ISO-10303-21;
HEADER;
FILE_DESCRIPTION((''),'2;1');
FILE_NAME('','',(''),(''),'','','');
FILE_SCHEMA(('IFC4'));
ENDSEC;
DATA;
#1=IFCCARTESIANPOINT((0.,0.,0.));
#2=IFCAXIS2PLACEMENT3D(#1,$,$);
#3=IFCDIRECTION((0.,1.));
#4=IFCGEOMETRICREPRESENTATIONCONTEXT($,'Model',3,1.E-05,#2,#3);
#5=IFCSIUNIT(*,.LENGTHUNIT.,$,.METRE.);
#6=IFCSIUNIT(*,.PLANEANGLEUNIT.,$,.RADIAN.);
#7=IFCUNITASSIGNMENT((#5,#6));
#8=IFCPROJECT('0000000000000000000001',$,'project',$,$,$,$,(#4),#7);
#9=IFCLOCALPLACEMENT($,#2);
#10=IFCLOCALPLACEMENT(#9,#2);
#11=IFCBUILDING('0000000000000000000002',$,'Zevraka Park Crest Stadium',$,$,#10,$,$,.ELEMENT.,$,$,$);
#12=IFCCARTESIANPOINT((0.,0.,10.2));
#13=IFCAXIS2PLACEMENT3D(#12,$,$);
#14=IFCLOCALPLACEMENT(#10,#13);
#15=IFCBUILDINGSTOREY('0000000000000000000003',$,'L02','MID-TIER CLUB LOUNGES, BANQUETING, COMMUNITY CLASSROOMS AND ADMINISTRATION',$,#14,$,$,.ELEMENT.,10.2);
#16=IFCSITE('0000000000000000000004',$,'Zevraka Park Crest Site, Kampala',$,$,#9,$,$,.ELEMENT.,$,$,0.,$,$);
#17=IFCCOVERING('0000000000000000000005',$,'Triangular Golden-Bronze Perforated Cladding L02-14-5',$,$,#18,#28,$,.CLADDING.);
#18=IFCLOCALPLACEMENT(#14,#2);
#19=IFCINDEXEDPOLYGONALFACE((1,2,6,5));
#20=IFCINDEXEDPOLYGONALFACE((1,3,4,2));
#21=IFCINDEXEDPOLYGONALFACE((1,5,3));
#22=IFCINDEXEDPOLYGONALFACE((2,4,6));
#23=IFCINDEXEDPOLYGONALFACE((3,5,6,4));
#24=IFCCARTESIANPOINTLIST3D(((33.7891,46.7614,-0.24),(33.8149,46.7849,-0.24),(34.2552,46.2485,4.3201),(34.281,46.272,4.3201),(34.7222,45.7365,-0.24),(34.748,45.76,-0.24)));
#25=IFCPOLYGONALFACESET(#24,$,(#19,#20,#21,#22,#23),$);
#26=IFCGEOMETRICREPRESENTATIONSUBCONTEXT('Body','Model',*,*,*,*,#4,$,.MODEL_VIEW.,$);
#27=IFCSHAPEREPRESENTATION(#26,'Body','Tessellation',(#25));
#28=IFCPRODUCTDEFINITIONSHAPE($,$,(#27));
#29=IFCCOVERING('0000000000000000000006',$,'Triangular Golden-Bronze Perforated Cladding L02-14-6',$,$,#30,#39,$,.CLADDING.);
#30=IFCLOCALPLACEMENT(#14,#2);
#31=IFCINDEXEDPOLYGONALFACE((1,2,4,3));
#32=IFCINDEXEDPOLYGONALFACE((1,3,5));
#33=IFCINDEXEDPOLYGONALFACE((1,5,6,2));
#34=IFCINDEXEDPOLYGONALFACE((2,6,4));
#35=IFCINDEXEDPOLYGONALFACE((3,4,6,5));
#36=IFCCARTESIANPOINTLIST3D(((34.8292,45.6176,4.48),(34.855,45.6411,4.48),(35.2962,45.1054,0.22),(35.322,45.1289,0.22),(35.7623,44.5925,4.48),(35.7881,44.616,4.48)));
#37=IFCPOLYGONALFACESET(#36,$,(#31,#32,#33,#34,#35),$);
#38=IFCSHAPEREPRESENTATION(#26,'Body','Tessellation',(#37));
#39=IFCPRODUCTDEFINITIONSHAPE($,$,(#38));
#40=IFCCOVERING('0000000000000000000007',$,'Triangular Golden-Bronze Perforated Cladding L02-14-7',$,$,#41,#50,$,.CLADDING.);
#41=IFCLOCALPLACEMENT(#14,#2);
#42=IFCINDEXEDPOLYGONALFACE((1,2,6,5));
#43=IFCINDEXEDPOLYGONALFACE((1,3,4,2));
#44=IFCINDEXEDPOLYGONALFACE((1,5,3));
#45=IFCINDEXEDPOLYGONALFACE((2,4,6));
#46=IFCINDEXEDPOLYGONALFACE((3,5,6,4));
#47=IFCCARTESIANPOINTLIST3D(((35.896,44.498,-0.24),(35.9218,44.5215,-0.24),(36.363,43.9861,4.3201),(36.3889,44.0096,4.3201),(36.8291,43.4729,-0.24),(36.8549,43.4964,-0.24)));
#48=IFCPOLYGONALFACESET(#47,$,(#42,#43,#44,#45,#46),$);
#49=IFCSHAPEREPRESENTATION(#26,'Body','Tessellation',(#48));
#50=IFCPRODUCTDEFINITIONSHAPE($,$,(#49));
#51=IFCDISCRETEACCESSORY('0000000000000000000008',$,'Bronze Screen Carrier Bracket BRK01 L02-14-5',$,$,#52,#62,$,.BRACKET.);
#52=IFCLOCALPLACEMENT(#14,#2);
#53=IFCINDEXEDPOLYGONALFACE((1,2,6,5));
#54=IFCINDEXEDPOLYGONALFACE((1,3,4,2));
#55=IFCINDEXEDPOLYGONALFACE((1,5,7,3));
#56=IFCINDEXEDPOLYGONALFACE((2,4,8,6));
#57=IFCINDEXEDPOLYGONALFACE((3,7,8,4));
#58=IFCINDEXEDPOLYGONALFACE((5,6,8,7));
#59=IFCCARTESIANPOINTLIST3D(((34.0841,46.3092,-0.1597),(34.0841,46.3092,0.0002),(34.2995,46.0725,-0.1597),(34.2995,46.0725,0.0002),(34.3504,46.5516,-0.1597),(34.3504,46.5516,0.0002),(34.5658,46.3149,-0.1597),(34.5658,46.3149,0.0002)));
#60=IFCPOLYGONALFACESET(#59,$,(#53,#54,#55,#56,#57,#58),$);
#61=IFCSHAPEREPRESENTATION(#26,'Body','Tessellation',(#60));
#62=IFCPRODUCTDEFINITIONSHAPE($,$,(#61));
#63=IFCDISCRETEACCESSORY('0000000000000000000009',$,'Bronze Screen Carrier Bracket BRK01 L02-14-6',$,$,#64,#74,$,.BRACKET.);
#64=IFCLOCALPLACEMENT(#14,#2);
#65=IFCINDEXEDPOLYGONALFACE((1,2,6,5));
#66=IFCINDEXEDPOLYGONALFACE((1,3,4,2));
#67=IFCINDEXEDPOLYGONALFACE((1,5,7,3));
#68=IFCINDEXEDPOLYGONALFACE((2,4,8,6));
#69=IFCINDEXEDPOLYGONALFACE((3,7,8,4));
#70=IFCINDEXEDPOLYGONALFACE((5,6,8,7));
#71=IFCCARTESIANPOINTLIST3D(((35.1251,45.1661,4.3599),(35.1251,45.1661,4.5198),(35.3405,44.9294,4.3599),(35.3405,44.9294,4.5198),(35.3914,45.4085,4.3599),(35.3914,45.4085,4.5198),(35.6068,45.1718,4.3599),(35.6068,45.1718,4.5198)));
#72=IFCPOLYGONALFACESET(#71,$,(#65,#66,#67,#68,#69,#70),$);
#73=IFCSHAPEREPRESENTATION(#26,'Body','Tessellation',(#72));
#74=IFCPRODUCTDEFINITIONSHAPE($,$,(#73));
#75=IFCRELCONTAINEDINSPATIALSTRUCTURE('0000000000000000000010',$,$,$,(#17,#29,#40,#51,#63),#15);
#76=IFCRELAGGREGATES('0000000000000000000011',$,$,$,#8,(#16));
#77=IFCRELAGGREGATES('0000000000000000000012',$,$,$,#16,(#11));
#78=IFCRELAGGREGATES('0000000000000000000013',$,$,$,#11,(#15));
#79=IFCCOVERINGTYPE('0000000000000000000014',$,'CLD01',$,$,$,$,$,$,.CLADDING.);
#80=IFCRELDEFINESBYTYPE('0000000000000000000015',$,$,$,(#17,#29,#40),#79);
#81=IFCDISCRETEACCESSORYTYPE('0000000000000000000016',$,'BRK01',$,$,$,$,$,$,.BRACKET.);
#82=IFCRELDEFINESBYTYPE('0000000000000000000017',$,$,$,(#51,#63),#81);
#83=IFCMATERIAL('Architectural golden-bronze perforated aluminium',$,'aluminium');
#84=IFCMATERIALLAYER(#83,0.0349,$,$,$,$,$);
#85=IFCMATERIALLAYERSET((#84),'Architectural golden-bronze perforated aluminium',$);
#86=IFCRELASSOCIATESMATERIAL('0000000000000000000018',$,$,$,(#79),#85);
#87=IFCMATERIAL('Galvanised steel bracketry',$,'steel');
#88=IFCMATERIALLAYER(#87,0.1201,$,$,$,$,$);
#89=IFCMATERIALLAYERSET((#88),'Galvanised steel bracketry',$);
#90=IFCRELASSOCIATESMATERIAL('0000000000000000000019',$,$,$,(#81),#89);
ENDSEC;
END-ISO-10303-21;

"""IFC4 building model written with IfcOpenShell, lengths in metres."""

from ifc_helpers import new_model, si_unit, direction, frame, origin, origin_2d, place, context, subcontext, project, spatial, polyline, rectangle, outline, extrude, material, layer, layer_set, type_object, element, save


model = new_model("IFC4")

# Units and contexts
model_context = context("Model", 3, precision=1e-05, world=origin(), true_north=direction((0.0, 1.0)))
body_context = subcontext(model_context, "Body", "Model", "MODEL_VIEW")
ifc_project = project(units=[si_unit("LENGTHUNIT", "METRE"), si_unit("PLANEANGLEUNIT", "RADIAN")], contexts=[model_context])

# Site, building, storey
site_placement = place(None, origin())
site = spatial("IfcSite", under=ifc_project, at=site_placement, Name="Zevraka Park Crest Site, Kampala", CompositionType="ELEMENT", RefElevation=0.0)
building_placement = place(site_placement, origin())
building = spatial("IfcBuilding", under=site, at=building_placement, Name="Zevraka Park Crest Stadium", CompositionType="ELEMENT")
storey_placement = place(building_placement, frame((0.0, 0.0, 10.2)))
storey = spatial("IfcBuildingStorey", under=building, at=storey_placement, Name="L02", Description="MID-TIER CLUB LOUNGES, BANQUETING, COMMUNITY CLASSROOMS AND ADMINISTRATION", CompositionType="ELEMENT", Elevation=10.2)

# Coverings
ifc_material_1 = material(Name="Architectural golden-bronze perforated aluminium", Category="aluminium")
ifc_layer_1 = layer(ifc_material_1, 0.0349)
ifc_layer_set_1 = layer_set([ifc_layer_1], Name="Architectural golden-bronze perforated aluminium")
covering_type = type_object("IfcCoveringType", Name="CLD01", PredefinedType="CLADDING", material=ifc_layer_set_1)
covering_1_placement = place(storey_placement, frame((33.8149, 46.7849, -0.24), z_axis=(0.739446, 0.673216, 0.000151), x_axis=(0.673216, -0.739446, 0.0)))
element("IfcCovering", 1, at=covering_1_placement, inside=storey, type_object=covering_type, Name="Triangular Golden-Bronze Perforated Cladding L02-14-5", PredefinedType="CLADDING", context=body_context, shape_type="SweptSolid", body=[
    extrude(outline(polyline([(0.0, 0.0), (1.386, 0.0), (0.6931, -4.5601), (0.0, 0.0)])), origin(), (0.0, 0.0, -1.0), 0.0349),
])
covering_2_placement = place(storey_placement, frame((35.7881, 44.616, 4.48), z_axis=(0.739526, 0.673128, 0.000143), x_axis=(-0.673129, 0.739526, 0.0)))
element("IfcCovering", 2, at=covering_2_placement, inside=storey, type_object=covering_type, Name="Triangular Golden-Bronze Perforated Cladding L02-14-6", PredefinedType="CLADDING", context=body_context, shape_type="SweptSolid", body=[
    extrude(outline(polyline([(0.0, 0.0), (1.3862, 0.0), (0.6931, -4.26), (0.0, 0.0)])), origin(), (0.0, 0.0, -1.0), 0.0349),
])
covering_3_placement = place(storey_placement, frame((35.896, 44.498, -0.24), z_axis=(-0.739526, -0.673128, 0.000169), x_axis=(0.673129, -0.739526, 0.0)))
element("IfcCovering", 3, at=covering_3_placement, inside=storey, type_object=covering_type, Name="Triangular Golden-Bronze Perforated Cladding L02-14-7", PredefinedType="CLADDING", context=body_context, shape_type="SweptSolid", body=[
    extrude(outline(polyline([(0.0, 0.0), (1.3862, 0.0), (0.693, 4.5601), (0.0, 0.0)])), origin(), (0.0, 0.0, -1.0), 0.0349),
])

# Discrete accessories
ifc_material_2 = material(Name="Galvanised steel bracketry", Category="steel")
ifc_layer_2 = layer(ifc_material_2, 0.1201)
ifc_layer_set_2 = layer_set([ifc_layer_2], Name="Galvanised steel bracketry")
discrete_accessory_type = type_object("IfcDiscreteAccessoryType", Name="BRK01", PredefinedType="BRACKET", material=ifc_layer_set_2)
for number, where, z_axis, x_axis, name in (
    (4, (34.325, 46.312, -0.1597), (0.0, 0.0, 1.0), (0.673142, -0.739514, 0.0), "Bronze Screen Carrier Bracket BRK01 L02-14-5"),
    (5, (35.366, 45.1689, 4.3599), (0.0, 0.0, 1.0), (0.673142, -0.739514, 0.0), "Bronze Screen Carrier Bracket BRK01 L02-14-6"),
):
    element("IfcDiscreteAccessory", number, at=place(storey_placement, frame(where, z_axis=z_axis, x_axis=x_axis)), inside=storey, type_object=discrete_accessory_type, Name=name, PredefinedType="BRACKET", context=body_context, shape_type="SweptSolid", body=[
        extrude(rectangle(XDim=0.3201, YDim=0.3601, at=origin_2d()), origin(), (0.0, 0.0, 1.0), 0.1599),
    ])

save(model, "model.ifc")
